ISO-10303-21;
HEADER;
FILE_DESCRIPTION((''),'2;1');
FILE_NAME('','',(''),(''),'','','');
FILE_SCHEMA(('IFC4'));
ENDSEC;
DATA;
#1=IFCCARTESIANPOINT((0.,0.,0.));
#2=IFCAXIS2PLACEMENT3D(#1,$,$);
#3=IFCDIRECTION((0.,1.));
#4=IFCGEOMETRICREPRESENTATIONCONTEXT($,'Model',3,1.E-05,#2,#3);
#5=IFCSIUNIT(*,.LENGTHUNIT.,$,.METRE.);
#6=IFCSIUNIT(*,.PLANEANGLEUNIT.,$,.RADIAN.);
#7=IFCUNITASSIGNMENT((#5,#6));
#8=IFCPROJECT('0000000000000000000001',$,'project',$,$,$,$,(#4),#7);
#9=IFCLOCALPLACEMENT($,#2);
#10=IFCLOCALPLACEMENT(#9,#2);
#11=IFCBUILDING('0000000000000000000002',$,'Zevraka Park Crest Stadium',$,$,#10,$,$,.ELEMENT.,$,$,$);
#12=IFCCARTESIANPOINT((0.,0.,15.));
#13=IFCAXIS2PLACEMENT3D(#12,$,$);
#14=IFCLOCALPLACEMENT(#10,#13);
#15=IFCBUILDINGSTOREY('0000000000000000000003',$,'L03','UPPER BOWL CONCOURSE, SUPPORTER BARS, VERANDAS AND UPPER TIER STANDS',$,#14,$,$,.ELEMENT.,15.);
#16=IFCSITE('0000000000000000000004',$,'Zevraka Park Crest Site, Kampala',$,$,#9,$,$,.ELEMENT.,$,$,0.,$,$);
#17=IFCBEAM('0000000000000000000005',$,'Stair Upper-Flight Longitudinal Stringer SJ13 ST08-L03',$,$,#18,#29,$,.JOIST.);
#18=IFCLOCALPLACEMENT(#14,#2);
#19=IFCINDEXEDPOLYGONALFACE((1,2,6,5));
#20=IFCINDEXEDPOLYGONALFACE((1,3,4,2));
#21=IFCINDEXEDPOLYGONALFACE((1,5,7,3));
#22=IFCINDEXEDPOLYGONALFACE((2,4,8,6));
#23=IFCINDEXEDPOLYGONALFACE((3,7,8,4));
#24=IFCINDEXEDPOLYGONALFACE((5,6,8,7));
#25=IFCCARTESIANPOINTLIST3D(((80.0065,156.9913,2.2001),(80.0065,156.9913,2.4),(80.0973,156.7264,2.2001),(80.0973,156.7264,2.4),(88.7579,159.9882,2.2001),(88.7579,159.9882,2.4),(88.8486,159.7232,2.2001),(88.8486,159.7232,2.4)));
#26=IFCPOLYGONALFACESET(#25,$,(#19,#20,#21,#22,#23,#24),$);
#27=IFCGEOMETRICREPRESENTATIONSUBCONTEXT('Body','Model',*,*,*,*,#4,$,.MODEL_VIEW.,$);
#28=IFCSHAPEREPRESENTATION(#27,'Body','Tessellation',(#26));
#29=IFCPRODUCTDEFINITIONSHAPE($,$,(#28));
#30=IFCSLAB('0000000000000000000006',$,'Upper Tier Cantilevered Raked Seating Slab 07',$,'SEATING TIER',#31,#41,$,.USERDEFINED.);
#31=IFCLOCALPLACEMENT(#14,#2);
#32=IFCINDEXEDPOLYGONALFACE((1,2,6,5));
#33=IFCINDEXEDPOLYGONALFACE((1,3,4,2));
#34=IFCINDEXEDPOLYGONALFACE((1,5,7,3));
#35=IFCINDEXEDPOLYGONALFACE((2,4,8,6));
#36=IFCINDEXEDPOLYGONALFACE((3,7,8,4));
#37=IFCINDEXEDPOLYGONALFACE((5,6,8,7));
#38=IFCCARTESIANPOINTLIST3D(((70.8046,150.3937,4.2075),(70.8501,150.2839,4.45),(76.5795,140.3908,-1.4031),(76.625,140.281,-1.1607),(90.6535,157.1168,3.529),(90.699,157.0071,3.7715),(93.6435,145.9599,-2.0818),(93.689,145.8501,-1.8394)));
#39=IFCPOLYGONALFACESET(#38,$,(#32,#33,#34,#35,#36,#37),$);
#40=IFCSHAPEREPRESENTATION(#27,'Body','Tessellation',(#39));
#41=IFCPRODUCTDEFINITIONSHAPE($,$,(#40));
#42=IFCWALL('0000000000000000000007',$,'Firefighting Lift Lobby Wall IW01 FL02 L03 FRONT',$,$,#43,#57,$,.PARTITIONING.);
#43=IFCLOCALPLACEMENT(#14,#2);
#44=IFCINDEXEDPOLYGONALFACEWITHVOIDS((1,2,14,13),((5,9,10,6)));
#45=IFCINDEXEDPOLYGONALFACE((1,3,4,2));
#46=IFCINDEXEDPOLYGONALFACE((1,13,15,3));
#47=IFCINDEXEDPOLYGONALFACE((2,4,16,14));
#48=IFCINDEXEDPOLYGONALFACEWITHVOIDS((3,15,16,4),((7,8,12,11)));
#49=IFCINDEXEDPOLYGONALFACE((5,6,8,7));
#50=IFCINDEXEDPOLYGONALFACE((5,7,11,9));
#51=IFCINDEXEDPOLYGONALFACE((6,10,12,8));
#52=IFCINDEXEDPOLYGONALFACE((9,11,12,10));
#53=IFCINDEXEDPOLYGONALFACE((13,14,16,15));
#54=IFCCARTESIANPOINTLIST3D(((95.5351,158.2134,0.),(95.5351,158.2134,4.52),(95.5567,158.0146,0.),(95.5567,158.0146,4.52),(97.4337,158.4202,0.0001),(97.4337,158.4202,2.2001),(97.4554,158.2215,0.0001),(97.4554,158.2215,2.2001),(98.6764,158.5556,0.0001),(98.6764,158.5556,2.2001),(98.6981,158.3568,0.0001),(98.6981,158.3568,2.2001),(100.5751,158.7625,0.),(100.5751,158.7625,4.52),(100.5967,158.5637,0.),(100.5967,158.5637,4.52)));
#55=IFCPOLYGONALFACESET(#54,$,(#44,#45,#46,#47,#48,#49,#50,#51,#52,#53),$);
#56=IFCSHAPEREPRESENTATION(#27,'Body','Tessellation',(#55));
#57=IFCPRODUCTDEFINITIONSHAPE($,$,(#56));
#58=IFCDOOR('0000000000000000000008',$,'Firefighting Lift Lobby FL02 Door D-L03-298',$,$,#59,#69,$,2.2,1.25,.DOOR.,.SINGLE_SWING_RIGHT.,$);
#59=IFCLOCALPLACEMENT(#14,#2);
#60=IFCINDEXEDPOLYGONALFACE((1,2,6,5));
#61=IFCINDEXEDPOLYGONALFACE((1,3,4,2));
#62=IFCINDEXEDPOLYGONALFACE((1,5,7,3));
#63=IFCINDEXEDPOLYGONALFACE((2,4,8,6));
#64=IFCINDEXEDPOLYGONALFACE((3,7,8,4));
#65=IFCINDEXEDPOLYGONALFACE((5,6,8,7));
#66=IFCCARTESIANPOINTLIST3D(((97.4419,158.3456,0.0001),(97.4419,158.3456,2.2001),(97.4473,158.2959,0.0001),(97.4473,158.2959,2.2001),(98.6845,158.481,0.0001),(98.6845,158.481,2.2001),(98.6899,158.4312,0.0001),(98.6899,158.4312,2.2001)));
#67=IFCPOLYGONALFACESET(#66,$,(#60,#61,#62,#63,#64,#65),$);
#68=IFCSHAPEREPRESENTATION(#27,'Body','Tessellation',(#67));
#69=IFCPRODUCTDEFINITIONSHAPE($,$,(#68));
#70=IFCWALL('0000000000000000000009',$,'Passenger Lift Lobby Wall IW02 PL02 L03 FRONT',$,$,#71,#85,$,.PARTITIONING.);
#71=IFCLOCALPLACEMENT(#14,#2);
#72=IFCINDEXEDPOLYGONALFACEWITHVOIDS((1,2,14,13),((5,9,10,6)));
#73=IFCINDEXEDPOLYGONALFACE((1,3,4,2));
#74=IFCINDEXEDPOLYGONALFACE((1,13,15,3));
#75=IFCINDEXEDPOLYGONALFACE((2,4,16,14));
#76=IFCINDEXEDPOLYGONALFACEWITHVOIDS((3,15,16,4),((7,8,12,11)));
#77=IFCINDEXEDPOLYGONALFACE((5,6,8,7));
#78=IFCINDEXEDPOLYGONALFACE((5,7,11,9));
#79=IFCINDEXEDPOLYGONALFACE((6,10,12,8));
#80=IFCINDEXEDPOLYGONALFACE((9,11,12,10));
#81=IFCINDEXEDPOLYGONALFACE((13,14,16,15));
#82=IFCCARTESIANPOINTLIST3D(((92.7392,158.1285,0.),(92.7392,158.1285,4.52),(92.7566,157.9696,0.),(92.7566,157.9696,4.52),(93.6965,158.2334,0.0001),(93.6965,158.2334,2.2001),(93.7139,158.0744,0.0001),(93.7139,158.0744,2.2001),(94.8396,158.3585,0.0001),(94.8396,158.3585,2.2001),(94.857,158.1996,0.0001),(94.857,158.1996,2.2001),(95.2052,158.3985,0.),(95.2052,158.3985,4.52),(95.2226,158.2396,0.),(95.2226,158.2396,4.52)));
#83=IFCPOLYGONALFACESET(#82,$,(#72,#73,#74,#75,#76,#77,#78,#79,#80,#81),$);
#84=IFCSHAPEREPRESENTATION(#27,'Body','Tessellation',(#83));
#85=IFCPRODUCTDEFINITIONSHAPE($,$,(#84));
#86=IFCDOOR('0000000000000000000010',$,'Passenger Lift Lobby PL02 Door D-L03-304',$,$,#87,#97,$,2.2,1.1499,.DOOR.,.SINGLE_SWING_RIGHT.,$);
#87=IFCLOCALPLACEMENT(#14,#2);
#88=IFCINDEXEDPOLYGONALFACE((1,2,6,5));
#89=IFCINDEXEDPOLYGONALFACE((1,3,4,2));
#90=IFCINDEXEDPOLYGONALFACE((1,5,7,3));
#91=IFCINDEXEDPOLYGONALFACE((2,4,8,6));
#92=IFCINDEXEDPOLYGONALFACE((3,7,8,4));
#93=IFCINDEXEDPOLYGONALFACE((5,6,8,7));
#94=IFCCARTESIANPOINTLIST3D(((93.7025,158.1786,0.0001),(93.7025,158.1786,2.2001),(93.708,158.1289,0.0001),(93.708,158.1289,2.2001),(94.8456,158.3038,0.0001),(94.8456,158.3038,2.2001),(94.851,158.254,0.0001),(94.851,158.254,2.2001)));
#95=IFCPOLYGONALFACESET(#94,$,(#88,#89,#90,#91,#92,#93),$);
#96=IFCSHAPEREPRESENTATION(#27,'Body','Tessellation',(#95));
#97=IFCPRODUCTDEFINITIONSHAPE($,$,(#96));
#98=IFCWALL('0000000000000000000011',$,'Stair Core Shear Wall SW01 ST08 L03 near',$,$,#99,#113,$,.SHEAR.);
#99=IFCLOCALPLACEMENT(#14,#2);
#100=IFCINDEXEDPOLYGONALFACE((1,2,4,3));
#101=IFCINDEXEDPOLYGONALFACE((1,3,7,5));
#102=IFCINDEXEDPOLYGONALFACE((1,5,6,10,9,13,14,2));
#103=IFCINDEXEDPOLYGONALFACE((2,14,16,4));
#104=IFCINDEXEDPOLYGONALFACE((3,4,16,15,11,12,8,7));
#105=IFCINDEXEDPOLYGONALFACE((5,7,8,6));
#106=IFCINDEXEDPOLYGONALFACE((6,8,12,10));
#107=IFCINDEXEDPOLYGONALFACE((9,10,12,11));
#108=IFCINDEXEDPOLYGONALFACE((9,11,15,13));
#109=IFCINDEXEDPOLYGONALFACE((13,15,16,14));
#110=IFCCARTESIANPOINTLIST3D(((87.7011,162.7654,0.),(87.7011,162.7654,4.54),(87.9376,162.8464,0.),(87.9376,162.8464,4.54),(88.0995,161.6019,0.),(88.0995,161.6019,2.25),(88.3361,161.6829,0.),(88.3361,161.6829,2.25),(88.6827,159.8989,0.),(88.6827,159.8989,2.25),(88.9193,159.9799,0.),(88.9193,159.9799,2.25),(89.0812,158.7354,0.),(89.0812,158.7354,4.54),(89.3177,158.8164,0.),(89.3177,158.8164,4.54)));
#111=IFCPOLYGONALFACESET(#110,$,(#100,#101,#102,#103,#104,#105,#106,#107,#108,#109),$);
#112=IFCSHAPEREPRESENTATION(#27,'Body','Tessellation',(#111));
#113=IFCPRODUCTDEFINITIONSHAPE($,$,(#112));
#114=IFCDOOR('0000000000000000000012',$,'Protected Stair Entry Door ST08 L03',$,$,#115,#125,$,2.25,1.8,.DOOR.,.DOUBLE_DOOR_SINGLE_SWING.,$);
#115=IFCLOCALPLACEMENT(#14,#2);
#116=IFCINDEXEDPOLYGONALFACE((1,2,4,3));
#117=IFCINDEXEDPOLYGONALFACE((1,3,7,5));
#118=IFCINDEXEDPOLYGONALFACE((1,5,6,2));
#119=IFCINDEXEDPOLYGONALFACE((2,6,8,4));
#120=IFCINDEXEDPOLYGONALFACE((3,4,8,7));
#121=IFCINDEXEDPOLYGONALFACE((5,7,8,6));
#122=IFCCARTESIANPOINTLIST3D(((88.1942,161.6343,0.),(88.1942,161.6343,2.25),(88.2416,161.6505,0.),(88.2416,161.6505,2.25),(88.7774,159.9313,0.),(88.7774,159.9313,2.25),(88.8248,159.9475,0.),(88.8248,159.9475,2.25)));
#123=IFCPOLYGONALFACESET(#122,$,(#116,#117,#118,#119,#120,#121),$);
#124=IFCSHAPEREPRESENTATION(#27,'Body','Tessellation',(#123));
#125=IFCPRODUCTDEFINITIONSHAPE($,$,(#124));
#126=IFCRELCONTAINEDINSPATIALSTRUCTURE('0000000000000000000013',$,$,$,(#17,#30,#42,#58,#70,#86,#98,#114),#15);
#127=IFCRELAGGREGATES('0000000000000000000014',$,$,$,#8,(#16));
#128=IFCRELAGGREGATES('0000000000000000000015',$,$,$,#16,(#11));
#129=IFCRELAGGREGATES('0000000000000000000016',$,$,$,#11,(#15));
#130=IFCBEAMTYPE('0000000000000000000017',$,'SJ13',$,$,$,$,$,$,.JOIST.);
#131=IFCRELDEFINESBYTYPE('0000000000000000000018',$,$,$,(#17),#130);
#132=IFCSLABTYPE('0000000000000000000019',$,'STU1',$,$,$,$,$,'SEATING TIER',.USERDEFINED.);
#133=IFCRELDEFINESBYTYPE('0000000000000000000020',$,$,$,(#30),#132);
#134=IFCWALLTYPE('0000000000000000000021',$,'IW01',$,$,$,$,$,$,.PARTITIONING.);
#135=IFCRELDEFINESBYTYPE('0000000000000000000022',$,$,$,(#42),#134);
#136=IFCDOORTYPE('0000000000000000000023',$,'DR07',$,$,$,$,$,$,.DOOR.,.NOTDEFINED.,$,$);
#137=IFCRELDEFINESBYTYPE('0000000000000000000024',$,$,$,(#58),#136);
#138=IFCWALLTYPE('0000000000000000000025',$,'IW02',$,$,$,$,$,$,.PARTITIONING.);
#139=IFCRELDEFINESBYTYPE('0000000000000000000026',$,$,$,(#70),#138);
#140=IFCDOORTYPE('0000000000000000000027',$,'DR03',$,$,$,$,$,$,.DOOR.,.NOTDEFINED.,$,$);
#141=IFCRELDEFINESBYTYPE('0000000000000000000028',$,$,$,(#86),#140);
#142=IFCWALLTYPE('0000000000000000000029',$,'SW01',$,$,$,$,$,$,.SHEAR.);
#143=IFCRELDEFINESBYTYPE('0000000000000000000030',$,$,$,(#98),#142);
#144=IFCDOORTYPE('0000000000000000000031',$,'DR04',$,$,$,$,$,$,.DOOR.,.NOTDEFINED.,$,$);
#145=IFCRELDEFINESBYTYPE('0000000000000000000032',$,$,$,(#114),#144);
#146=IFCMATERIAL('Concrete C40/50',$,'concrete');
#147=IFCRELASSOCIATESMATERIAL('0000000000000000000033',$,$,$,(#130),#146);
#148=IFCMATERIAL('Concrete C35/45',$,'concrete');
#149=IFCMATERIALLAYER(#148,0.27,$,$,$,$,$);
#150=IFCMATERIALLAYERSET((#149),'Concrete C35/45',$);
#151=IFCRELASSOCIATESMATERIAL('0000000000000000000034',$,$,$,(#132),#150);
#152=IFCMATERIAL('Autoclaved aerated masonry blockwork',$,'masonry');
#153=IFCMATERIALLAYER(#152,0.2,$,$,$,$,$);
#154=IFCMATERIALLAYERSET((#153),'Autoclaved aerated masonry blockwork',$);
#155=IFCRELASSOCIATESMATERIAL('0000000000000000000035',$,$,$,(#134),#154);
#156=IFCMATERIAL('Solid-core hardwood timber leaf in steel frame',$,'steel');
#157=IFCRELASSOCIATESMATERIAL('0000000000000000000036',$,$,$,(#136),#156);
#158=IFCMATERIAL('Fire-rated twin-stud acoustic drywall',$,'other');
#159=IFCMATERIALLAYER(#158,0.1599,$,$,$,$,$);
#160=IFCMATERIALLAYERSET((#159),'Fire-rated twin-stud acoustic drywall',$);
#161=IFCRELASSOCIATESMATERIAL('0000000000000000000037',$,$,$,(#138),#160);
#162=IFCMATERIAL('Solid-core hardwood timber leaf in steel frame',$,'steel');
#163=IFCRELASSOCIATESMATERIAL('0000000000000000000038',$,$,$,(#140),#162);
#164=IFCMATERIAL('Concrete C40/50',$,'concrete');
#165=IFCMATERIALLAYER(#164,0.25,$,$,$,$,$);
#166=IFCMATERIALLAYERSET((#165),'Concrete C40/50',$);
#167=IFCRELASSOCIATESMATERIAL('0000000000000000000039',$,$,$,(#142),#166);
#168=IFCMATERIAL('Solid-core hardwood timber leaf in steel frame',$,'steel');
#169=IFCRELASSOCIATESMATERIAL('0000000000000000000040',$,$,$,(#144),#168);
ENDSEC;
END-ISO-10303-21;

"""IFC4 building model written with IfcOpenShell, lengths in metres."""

from ifc_helpers import new_model, si_unit, direction, frame, frame_2d, origin, origin_2d, place, context, subcontext, project, spatial, polyline, rectangle, outline, extrude, material, layer, layer_set, material_profile, profile_set, type_object, element, fill, save


model = new_model("IFC4")

# Units and contexts
model_context = context("Model", 3, precision=1e-05, world=origin(), true_north=direction((0.0, 1.0)))
body_context = subcontext(model_context, "Body", "Model", "MODEL_VIEW")
ifc_project = project(units=[si_unit("LENGTHUNIT", "METRE"), si_unit("PLANEANGLEUNIT", "RADIAN")], contexts=[model_context])

# Site, building, storey
site_placement = place(None, origin())
site = spatial("IfcSite", under=ifc_project, at=site_placement, Name="Zevraka Park Crest Site, Kampala", CompositionType="ELEMENT", RefElevation=0.0)
building_placement = place(site_placement, origin())
building = spatial("IfcBuilding", under=site, at=building_placement, Name="Zevraka Park Crest Stadium", CompositionType="ELEMENT")
storey_placement = place(building_placement, frame((0.0, 0.0, 15.0)))
storey = spatial("IfcBuildingStorey", under=building, at=storey_placement, Name="L03", Description="UPPER BOWL CONCOURSE, SUPPORTER BARS, VERANDAS AND UPPER TIER STANDS", CompositionType="ELEMENT", Elevation=15.0)

# Beam
ifc_material_1 = material(Name="Concrete C40/50", Category="concrete")
ifc_material_profile_1 = material_profile(ifc_material_1, rectangle(XDim=0.28, YDim=0.2, at=origin_2d()), Name="RC 200x280")
ifc_profile_set_1 = profile_set([ifc_material_profile_1], Name="Concrete C40/50")
beam_type_1 = type_object("IfcBeamType", Name="SJ13", PredefinedType="JOIST", material=ifc_profile_set_1)
beam_1_placement = place(storey_placement, frame((88.8032, 159.8557, 2.3), z_axis=(-0.946065, -0.323977, 0.0), x_axis=(0.323977, -0.946065, 0.0)))
element("IfcBeam", 1, at=beam_1_placement, inside=storey, type_object=beam_type_1, Name="Stair Upper-Flight Longitudinal Stringer SJ13 ST08-L03", PredefinedType="JOIST", context=body_context, shape_type="SweptSolid", body=[
    extrude(rectangle(XDim=0.28, YDim=0.2, at=origin_2d()), origin(), (0.0, 0.0, 1.0), 9.2502),
])

# Slab
ifc_material_2 = material(Name="Concrete C35/45", Category="concrete")
ifc_layer_1 = layer(ifc_material_2, 0.27)
ifc_layer_set_1 = layer_set([ifc_layer_1], Name="Concrete C35/45")
slab_type = type_object("IfcSlabType", Name="STU1", ElementType="SEATING TIER", PredefinedType="USERDEFINED", material=ifc_layer_set_1)
slab_placement = place(storey_placement, frame((93.689, 145.8501, -1.8394), z_axis=(0.168379, -0.406482, 0.898009), x_axis=(-0.949973, -0.310038, 0.037784)))
element("IfcSlab", 2, at=slab_placement, inside=storey, type_object=slab_type, Name="Upper Tier Cantilevered Raked Seating Slab 07", ObjectType="SEATING TIER", PredefinedType="USERDEFINED", context=body_context, shape_type="SweptSolid", body=[
    extrude(outline(polyline([(0.0, 0.0), (17.9626, 0.0), (20.5593, -12.5755), (-0.4067, -12.8349), (0.0, 0.0)])), origin(), (0.0, 0.0, -1.0), 0.27),
])

# Walls, openings, doors
ifc_material_3 = material(Name="Autoclaved aerated masonry blockwork", Category="masonry")
ifc_layer_2 = layer(ifc_material_3, 0.2)
ifc_layer_set_2 = layer_set([ifc_layer_2], Name="Autoclaved aerated masonry blockwork")
wall_type_1 = type_object("IfcWallType", Name="IW01", PredefinedType="PARTITIONING", material=ifc_layer_set_2)
wall_1_placement = place(storey_placement, frame((95.5459, 158.114, 0.0), z_axis=(0.0, 0.0, 1.0), x_axis=(0.994118, 0.108301, 0.0)))
wall_1 = element("IfcWall", 3, at=wall_1_placement, inside=storey, type_object=wall_type_1, Name="Firefighting Lift Lobby Wall IW01 FL02 L03 FRONT", PredefinedType="PARTITIONING", context=body_context, shape_type="SweptSolid", body=[
    extrude(rectangle(XDim=5.0698, YDim=0.2, at=frame_2d((2.5349, 0.0))), origin(), (0.0, 0.0, 1.0), 4.52),
])
opening_1_placement = place(wall_1_placement, frame((1.9099, 0.0, 0.0)))
opening_1 = element("IfcOpeningElement", 4, at=opening_1_placement, cuts=wall_1, PredefinedType="OPENING", context=body_context, shape_type="SweptSolid", body=[
    extrude(rectangle(XDim=1.25, YDim=2.2, at=frame_2d((0.625, 1.1001))), frame((0.0, 0.1099, 0.0), z_axis=(0.0, -1.0, 0.0), x_axis=(1.0, 0.0, 0.0)), (0.0, 0.0, 1.0), 0.22),
])
ifc_material_4 = material(Name="Solid-core hardwood timber leaf in steel frame", Category="steel")
door_type_1 = type_object("IfcDoorType", Name="DR07", OperationType="NOTDEFINED", PredefinedType="DOOR", material=ifc_material_4)
door_1_placement = place(opening_1_placement, origin())
door_1 = element("IfcDoor", 5, at=door_1_placement, inside=storey, type_object=door_type_1, Name="Firefighting Lift Lobby FL02 Door D-L03-298", OperationType="SINGLE_SWING_RIGHT", OverallHeight=2.2, OverallWidth=1.25, PredefinedType="DOOR", context=body_context, shape_type="SweptSolid", body=[
    extrude(rectangle(XDim=1.25, YDim=2.2, at=frame_2d((0.625, 1.1001))), frame((0.0, 0.0249, 0.0), z_axis=(0.0, -1.0, 0.0), x_axis=(1.0, 0.0, 0.0)), (0.0, 0.0, 1.0), 0.05),
])
fill(opening_1, door_1)
ifc_material_5 = material(Name="Fire-rated twin-stud acoustic drywall", Category="other")
ifc_layer_3 = layer(ifc_material_5, 0.1599)
ifc_layer_set_3 = layer_set([ifc_layer_3], Name="Fire-rated twin-stud acoustic drywall")
wall_type_2 = type_object("IfcWallType", Name="IW02", PredefinedType="PARTITIONING", material=ifc_layer_set_3)
wall_2_placement = place(storey_placement, frame((92.748, 158.0491, 0.0), z_axis=(0.0, 0.0, 1.0), x_axis=(0.994059, 0.108844, 0.0)))
wall_2 = element("IfcWall", 6, at=wall_2_placement, inside=storey, type_object=wall_type_2, Name="Passenger Lift Lobby Wall IW02 PL02 L03 FRONT", PredefinedType="PARTITIONING", context=body_context, shape_type="SweptSolid", body=[
    extrude(rectangle(XDim=2.4807, YDim=0.1599, at=frame_2d((1.2402, 0.0))), origin(), (0.0, 0.0, 1.0), 4.52),
])
opening_2_placement = place(wall_2_placement, frame((0.9629, 0.0, 0.0)))
opening_2 = element("IfcOpeningElement", 7, at=opening_2_placement, cuts=wall_2, PredefinedType="OPENING", context=body_context, shape_type="SweptSolid", body=[
    extrude(rectangle(XDim=1.1499, YDim=2.2, at=frame_2d((0.575, 1.1001))), frame((0.0, 0.0898, 0.0), z_axis=(0.0, -1.0, 0.0), x_axis=(1.0, 0.0, 0.0)), (0.0, 0.0, 1.0), 0.1799),
])
ifc_material_6 = material(Name="Solid-core hardwood timber leaf in steel frame", Category="steel")
door_type_2 = type_object("IfcDoorType", Name="DR03", OperationType="NOTDEFINED", PredefinedType="DOOR", material=ifc_material_6)
door_2_placement = place(opening_2_placement, origin())
door_2 = element("IfcDoor", 8, at=door_2_placement, inside=storey, type_object=door_type_2, Name="Passenger Lift Lobby PL02 Door D-L03-304", OperationType="SINGLE_SWING_RIGHT", OverallHeight=2.2, OverallWidth=1.1499, PredefinedType="DOOR", context=body_context, shape_type="SweptSolid", body=[
    extrude(rectangle(XDim=1.1499, YDim=2.2, at=frame_2d((0.575, 1.1001))), frame((0.0, 0.0249, 0.0), z_axis=(0.0, -1.0, 0.0), x_axis=(1.0, 0.0, 0.0)), (0.0, 0.0, 1.0), 0.05),
])
fill(opening_2, door_2)
ifc_material_7 = material(Name="Concrete C40/50", Category="concrete")
ifc_layer_4 = layer(ifc_material_7, 0.25)
ifc_layer_set_4 = layer_set([ifc_layer_4], Name="Concrete C40/50")
wall_type_3 = type_object("IfcWallType", Name="SW01", PredefinedType="SHEAR", material=ifc_layer_set_4)
wall_3_placement = place(storey_placement, frame((89.1995, 158.7759, 0.0), z_axis=(0.0, 0.0, 1.0), x_axis=(-0.323989, 0.946061, 0.0)))
wall_3 = element("IfcWall", 9, at=wall_3_placement, inside=storey, type_object=wall_type_3, Name="Stair Core Shear Wall SW01 ST08 L03 near", PredefinedType="SHEAR", context=body_context, shape_type="SweptSolid", body=[
    extrude(rectangle(XDim=4.2598, YDim=0.25, at=frame_2d((2.1299, 0.0))), origin(), (0.0, 0.0, 1.0), 4.54),
])
opening_3_placement = place(wall_3_placement, frame((1.23, 0.0, 0.0)))
opening_3 = element("IfcOpeningElement", 10, at=opening_3_placement, cuts=wall_3, PredefinedType="OPENING", context=body_context, shape_type="SweptSolid", body=[
    extrude(rectangle(XDim=1.8, YDim=2.25, at=frame_2d((0.8999, 1.125))), frame((0.0, 0.135, 0.0), z_axis=(0.0, -1.0, 0.0), x_axis=(1.0, 0.0, 0.0)), (0.0, 0.0, 1.0), 0.27),
])
ifc_material_8 = material(Name="Solid-core hardwood timber leaf in steel frame", Category="steel")
door_type_3 = type_object("IfcDoorType", Name="DR04", OperationType="NOTDEFINED", PredefinedType="DOOR", material=ifc_material_8)
door_3_placement = place(opening_3_placement, origin())
door_3 = element("IfcDoor", 11, at=door_3_placement, inside=storey, type_object=door_type_3, Name="Protected Stair Entry Door ST08 L03", OperationType="DOUBLE_DOOR_SINGLE_SWING", OverallHeight=2.25, OverallWidth=1.8, PredefinedType="DOOR", context=body_context, shape_type="SweptSolid", body=[
    extrude(rectangle(XDim=1.8, YDim=2.25, at=frame_2d((0.8999, 1.125))), frame((0.0, 0.0249, 0.0), z_axis=(0.0, -1.0, 0.0), x_axis=(1.0, 0.0, 0.0)), (0.0, 0.0, 1.0), 0.05),
])
fill(opening_3, door_3)

save(model, "model.ifc")
